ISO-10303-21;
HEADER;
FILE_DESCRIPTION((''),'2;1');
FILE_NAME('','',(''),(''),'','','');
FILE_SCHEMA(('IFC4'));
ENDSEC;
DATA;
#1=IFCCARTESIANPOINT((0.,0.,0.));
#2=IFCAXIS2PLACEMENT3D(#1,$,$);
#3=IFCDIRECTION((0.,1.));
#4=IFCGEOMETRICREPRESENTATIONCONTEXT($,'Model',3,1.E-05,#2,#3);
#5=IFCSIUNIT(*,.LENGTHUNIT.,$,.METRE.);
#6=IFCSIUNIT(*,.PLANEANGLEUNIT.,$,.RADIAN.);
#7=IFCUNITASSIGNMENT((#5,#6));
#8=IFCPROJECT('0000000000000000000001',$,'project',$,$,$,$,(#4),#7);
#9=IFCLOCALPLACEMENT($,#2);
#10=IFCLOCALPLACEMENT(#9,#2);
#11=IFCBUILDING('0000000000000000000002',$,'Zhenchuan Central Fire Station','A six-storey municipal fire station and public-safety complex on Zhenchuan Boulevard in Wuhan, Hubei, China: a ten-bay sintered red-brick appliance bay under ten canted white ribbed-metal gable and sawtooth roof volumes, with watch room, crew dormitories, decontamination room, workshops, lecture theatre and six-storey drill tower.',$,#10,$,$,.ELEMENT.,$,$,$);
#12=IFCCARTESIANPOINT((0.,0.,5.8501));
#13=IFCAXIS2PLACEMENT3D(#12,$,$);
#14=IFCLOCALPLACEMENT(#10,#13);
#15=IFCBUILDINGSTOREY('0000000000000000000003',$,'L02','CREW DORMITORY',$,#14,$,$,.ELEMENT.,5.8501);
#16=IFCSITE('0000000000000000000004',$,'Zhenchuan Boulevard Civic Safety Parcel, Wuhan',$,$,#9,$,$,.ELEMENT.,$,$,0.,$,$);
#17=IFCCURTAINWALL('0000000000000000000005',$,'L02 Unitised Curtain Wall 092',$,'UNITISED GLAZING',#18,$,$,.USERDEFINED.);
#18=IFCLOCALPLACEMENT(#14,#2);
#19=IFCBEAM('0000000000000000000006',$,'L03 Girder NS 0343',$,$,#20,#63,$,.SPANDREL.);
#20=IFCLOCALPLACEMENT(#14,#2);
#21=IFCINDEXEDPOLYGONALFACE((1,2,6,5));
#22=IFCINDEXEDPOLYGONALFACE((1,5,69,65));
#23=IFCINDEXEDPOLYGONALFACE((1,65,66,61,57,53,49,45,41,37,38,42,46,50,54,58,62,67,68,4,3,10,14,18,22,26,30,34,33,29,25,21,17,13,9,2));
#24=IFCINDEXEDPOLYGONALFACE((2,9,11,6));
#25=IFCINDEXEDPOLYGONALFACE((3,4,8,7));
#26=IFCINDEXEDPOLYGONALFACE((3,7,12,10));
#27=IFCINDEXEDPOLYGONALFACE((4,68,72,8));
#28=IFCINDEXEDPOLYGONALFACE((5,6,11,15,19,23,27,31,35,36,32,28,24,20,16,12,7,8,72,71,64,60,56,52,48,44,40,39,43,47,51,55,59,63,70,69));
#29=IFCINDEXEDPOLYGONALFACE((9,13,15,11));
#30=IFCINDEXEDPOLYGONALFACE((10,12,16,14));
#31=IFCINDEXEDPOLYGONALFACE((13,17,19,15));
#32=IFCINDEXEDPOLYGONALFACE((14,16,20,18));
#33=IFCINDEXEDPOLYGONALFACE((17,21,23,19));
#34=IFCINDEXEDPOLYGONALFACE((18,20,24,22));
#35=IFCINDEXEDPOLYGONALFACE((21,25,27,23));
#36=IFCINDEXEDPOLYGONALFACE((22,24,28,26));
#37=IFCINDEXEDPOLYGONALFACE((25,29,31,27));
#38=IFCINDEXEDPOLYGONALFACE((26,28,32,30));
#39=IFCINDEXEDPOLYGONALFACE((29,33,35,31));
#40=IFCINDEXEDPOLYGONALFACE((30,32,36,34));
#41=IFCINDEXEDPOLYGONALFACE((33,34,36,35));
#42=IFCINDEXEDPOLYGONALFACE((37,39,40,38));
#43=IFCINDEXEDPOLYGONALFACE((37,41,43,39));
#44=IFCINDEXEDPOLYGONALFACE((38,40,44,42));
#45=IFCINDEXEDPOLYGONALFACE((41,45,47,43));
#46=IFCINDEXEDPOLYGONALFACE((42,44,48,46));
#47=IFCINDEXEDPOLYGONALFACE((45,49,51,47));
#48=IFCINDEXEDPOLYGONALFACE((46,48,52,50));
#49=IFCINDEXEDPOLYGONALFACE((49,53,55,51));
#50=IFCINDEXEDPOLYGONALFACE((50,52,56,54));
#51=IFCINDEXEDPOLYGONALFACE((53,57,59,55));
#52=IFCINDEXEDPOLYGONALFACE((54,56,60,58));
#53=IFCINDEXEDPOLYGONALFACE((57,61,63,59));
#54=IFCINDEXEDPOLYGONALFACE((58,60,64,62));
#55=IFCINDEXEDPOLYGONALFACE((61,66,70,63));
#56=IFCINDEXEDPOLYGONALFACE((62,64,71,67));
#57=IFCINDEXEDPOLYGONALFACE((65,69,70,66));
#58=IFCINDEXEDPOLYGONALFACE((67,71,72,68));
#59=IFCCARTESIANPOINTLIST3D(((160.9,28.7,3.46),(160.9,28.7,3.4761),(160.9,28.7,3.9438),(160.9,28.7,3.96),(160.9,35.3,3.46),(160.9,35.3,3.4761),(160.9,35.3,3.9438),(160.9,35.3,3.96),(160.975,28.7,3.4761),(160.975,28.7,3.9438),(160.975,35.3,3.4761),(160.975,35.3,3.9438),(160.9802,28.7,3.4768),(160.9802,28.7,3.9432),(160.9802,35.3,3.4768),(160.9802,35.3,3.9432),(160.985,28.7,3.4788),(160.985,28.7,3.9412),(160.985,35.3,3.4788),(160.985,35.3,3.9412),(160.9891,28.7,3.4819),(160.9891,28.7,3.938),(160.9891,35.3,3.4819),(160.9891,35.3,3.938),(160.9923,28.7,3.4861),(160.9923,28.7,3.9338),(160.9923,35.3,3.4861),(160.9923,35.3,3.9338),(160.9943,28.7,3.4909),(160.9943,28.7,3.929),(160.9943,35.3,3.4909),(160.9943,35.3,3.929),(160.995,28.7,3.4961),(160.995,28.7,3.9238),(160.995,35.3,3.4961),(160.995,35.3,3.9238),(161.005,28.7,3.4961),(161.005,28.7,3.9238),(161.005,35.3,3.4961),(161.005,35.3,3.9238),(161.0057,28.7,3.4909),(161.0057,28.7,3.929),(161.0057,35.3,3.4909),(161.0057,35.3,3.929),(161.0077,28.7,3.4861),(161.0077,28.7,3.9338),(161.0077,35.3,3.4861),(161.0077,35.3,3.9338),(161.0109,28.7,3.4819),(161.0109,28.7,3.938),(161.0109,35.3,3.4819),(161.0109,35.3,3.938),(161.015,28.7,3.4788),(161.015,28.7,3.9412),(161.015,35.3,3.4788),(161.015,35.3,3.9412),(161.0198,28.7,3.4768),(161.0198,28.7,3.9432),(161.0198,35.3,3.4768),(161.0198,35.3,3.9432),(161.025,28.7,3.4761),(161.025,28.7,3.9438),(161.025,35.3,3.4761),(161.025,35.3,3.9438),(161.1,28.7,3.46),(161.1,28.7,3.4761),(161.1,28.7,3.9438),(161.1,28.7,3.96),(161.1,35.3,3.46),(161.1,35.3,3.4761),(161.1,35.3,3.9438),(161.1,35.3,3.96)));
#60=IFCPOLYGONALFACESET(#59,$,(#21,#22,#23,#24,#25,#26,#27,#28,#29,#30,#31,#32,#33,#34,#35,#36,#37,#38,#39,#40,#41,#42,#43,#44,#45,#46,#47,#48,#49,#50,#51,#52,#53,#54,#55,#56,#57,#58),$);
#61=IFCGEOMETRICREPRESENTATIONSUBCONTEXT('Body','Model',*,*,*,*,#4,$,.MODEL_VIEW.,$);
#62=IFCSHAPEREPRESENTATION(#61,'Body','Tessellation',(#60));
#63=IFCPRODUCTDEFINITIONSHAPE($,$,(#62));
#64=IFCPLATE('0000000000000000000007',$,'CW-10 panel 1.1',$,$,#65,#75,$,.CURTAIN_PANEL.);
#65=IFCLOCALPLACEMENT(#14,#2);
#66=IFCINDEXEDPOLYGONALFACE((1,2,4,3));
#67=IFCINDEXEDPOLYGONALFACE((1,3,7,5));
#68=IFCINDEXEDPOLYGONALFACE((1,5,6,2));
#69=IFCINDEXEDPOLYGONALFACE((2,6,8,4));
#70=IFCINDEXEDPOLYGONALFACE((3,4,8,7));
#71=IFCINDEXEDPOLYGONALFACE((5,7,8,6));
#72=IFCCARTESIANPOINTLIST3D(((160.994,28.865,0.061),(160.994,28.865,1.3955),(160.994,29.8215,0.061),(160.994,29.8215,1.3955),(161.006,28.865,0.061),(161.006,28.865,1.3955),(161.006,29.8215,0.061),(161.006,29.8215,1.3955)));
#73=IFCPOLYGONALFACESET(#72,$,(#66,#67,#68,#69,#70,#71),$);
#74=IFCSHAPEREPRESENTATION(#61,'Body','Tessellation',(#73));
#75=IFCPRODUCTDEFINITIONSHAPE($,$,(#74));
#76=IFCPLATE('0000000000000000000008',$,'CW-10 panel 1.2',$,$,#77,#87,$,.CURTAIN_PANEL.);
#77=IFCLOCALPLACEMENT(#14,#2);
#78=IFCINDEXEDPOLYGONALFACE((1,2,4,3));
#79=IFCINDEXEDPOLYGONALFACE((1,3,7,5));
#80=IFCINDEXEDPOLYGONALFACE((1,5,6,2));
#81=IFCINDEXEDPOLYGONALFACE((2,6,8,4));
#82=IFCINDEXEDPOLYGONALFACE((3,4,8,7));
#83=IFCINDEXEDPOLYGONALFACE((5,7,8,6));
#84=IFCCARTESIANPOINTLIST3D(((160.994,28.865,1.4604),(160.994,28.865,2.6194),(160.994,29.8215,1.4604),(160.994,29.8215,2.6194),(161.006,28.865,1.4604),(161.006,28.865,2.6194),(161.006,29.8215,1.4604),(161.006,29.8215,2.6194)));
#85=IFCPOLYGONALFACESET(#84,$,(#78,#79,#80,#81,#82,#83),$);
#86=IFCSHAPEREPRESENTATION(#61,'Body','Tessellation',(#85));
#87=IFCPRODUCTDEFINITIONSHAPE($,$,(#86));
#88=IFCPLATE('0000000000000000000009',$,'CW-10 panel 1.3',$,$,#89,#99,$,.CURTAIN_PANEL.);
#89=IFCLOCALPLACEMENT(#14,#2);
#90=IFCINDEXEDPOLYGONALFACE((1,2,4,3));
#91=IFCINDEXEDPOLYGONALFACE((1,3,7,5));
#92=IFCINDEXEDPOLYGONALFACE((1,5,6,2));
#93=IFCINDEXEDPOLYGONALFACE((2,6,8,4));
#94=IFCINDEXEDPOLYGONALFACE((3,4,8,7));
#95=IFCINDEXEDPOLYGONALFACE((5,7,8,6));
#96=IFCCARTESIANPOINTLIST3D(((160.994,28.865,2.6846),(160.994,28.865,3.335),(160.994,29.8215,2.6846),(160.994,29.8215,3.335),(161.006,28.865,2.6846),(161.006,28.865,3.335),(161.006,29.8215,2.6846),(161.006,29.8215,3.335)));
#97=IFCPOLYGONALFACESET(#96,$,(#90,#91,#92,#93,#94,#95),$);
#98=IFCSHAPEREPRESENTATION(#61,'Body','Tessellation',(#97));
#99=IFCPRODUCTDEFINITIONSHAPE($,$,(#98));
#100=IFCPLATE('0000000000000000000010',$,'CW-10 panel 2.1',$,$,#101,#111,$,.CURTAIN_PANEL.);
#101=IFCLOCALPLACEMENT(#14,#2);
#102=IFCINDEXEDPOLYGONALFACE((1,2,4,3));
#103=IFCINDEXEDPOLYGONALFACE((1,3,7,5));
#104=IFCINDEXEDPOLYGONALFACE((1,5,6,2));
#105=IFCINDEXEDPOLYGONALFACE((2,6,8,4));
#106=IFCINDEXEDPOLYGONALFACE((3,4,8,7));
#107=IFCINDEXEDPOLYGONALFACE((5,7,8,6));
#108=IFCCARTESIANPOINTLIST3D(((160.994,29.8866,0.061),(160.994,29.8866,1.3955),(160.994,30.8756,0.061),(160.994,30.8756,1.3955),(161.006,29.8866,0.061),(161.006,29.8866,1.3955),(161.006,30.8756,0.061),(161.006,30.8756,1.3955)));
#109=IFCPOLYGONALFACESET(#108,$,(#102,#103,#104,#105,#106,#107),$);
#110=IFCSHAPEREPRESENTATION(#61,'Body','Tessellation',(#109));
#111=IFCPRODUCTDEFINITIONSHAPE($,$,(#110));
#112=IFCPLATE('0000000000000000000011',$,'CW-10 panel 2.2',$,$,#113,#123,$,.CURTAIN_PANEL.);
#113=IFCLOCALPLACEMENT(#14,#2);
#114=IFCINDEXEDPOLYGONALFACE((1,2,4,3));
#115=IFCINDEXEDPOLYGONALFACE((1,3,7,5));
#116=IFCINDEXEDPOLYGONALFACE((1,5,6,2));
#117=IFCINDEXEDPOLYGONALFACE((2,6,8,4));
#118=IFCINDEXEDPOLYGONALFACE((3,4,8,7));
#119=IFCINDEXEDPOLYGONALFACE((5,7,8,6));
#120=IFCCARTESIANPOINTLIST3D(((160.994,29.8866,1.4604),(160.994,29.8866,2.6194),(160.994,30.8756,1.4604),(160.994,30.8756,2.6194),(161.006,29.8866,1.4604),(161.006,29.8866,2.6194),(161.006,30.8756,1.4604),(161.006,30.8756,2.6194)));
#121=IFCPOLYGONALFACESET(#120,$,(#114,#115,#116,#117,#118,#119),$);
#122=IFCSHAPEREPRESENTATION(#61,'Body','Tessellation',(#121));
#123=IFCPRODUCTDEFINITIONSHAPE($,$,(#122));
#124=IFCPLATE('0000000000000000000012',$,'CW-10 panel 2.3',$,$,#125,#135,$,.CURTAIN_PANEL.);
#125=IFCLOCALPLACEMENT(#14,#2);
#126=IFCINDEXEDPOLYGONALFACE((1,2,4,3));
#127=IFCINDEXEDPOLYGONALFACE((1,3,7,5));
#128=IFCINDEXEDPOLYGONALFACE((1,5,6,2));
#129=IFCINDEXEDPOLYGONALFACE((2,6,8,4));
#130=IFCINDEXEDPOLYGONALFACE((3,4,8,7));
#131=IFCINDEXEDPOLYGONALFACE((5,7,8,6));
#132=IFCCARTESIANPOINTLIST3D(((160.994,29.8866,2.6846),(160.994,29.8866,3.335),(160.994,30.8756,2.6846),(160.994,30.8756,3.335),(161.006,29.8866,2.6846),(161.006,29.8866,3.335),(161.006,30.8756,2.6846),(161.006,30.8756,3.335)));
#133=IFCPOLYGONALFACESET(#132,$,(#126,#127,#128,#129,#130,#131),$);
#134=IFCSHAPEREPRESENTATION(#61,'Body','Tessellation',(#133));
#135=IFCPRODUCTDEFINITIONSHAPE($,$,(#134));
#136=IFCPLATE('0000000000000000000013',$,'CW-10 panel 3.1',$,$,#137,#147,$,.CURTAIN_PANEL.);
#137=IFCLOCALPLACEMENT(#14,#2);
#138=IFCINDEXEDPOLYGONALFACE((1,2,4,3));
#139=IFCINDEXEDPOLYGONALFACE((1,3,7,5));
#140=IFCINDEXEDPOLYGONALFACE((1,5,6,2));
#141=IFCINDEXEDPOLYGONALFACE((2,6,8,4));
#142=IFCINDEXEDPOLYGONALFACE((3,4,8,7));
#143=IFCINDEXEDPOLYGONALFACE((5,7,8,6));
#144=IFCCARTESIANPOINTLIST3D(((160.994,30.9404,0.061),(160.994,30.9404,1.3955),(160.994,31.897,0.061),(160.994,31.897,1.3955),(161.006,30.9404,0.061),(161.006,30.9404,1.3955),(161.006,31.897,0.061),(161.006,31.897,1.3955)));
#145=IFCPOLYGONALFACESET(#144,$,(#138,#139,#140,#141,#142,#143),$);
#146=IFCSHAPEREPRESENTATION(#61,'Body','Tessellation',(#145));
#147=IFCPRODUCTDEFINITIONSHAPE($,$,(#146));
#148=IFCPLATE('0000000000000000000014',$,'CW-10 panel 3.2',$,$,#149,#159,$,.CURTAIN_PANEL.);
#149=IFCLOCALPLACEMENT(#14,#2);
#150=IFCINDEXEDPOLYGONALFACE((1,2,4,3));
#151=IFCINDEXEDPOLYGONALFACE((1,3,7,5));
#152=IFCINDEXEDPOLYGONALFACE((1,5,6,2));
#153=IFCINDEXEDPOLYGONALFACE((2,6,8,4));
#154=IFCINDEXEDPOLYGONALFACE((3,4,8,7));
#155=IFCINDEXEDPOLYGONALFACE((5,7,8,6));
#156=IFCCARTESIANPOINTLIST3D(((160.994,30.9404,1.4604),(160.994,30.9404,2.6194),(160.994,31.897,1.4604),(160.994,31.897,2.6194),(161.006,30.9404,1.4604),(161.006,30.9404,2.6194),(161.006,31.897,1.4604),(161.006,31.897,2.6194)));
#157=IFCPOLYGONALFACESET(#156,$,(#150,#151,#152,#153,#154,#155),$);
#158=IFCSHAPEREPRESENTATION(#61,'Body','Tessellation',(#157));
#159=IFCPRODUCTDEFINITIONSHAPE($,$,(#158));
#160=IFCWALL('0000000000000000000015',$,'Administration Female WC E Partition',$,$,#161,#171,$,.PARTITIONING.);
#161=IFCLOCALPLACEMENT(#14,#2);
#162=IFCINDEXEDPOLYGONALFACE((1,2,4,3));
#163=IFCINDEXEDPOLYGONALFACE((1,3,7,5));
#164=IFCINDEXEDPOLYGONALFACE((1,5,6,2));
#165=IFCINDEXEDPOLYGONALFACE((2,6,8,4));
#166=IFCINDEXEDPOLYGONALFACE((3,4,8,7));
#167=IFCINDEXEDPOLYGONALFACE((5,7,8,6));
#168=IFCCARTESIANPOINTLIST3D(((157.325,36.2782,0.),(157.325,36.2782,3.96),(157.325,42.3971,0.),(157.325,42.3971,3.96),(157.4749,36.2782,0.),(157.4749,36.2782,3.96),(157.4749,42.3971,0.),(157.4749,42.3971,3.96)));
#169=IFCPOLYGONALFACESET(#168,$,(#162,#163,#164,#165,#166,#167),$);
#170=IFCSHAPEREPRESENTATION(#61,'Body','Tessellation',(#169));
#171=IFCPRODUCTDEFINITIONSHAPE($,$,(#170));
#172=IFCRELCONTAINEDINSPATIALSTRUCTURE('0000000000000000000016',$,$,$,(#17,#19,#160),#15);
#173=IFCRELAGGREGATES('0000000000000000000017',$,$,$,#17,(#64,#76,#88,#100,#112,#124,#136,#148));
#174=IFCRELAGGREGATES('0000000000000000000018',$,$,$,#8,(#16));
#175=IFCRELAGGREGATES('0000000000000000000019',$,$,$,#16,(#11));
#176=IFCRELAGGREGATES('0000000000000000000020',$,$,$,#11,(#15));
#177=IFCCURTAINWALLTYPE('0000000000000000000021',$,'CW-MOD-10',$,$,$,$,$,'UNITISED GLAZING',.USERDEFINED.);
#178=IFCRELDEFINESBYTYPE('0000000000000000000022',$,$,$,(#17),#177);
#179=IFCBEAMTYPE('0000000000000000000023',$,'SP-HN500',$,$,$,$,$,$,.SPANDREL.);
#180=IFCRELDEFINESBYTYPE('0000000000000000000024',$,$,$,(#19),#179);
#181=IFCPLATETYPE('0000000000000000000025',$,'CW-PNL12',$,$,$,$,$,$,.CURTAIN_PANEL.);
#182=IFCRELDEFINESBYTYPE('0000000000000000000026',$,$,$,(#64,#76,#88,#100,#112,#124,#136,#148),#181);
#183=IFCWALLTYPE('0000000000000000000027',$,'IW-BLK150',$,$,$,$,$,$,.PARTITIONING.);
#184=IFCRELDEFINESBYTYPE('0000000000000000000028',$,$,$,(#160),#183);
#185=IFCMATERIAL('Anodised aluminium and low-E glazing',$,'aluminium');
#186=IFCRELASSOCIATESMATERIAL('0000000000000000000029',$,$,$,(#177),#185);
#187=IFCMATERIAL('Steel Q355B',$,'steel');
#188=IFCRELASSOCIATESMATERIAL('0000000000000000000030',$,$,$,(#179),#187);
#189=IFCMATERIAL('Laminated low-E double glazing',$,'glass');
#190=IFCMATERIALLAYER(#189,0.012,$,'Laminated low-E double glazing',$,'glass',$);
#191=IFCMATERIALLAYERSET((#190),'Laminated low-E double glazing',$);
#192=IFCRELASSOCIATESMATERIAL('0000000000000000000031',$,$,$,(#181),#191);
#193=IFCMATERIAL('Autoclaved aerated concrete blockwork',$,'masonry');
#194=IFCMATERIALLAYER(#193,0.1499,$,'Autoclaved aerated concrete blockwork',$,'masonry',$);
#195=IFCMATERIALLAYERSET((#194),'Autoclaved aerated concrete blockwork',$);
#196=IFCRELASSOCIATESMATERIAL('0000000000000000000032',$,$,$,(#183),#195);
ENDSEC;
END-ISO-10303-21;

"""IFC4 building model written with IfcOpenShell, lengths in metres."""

from ifc_helpers import new_model, si_unit, direction, frame, frame_2d, origin, origin_2d, place, context, subcontext, project, spatial, rectangle, i_section, extrude, material, layer, layer_set, material_profile, profile_set, type_object, element, aggregate, save


model = new_model("IFC4")

# Units and contexts
model_context = context("Model", 3, precision=1e-05, world=origin(), true_north=direction((0.0, 1.0)))
body_context = subcontext(model_context, "Body", "Model", "MODEL_VIEW")
ifc_project = project(units=[si_unit("LENGTHUNIT", "METRE"), si_unit("PLANEANGLEUNIT", "RADIAN")], contexts=[model_context])

# Site, building, storey
site_placement = place(None, origin())
site = spatial("IfcSite", under=ifc_project, at=site_placement, Name="Zhenchuan Boulevard Civic Safety Parcel, Wuhan", CompositionType="ELEMENT", RefElevation=0.0)
building_placement = place(site_placement, origin())
building = spatial("IfcBuilding", under=site, at=building_placement, Name="Zhenchuan Central Fire Station", Description="A six-storey municipal fire station and public-safety complex on Zhenchuan Boulevard in Wuhan, Hubei, China: a ten-bay sintered red-brick appliance bay under ten canted white ribbed-metal gable and sawtooth roof volumes, with watch room, crew dormitories, decontamination room, workshops, lecture theatre and six-storey drill tower.", CompositionType="ELEMENT")
storey_placement = place(building_placement, frame((0.0, 0.0, 5.8501)))
storey = spatial("IfcBuildingStorey", under=building, at=storey_placement, Name="L02", Description="CREW DORMITORY", CompositionType="ELEMENT", Elevation=5.8501)

# Curtain wall
ifc_material_1 = material(Name="Anodised aluminium and low-E glazing", Category="aluminium")
curtain_wall_type = type_object("IfcCurtainWallType", Name="CW-MOD-10", ElementType="UNITISED GLAZING", PredefinedType="USERDEFINED", material=ifc_material_1)
curtain_wall_placement = place(storey_placement, origin())
curtain_wall = element("IfcCurtainWall", 1, at=curtain_wall_placement, inside=storey, type_object=curtain_wall_type, Name="L02 Unitised Curtain Wall 092", ObjectType="UNITISED GLAZING", PredefinedType="USERDEFINED")

# Beam
ifc_material_2 = material(Name="Steel Q355B", Category="steel")
ifc_material_profile_1 = material_profile(ifc_material_2, i_section(OverallWidth=0.2, OverallDepth=0.5, WebThickness=0.01, FlangeThickness=0.0161, FilletRadius=0.02, at=origin_2d()), Name="HN 500x200")
ifc_profile_set_1 = profile_set([ifc_material_profile_1], Name="Steel Q355B")
beam_type_1 = type_object("IfcBeamType", Name="SP-HN500", PredefinedType="SPANDREL", material=ifc_profile_set_1)
beam_1_placement = place(storey_placement, frame((161.0, 28.7, 3.71), z_axis=(0.0, 1.0, 0.0), x_axis=(-1.0, 0.0, 0.0)))
element("IfcBeam", 2, at=beam_1_placement, inside=storey, type_object=beam_type_1, Name="L03 Girder NS 0343", PredefinedType="SPANDREL", context=body_context, shape_type="SweptSolid", body=[
    extrude(i_section(OverallWidth=0.2, OverallDepth=0.5, WebThickness=0.01, FlangeThickness=0.0161, FilletRadius=0.02, at=origin_2d()), origin(), (0.0, 0.0, 1.0), 6.6001),
])

# Plates
ifc_material_3 = material(Name="Laminated low-E double glazing", Category="glass")
ifc_layer_1 = layer(ifc_material_3, 0.012, Name="Laminated low-E double glazing", Category="glass")
ifc_layer_set_1 = layer_set([ifc_layer_1], Name="Laminated low-E double glazing")
plate_type = type_object("IfcPlateType", Name="CW-PNL12", PredefinedType="CURTAIN_PANEL", material=ifc_layer_set_1)
plate_1_placement = place(storey_placement, frame((161.0, 29.3433, 0.061), z_axis=(0.0, 0.0, 1.0), x_axis=(0.0, 1.0, 0.0)))
plate_1 = element("IfcPlate", 3, at=plate_1_placement, type_object=plate_type, Name="CW-10 panel 1.1", PredefinedType="CURTAIN_PANEL", context=body_context, shape_type="SweptSolid", body=[
    extrude(rectangle(XDim=0.9565, YDim=0.012, at=origin_2d()), origin(), (0.0, 0.0, 1.0), 1.3345),
])
plate_2_placement = place(storey_placement, frame((161.0, 29.3433, 1.4604), z_axis=(0.0, 0.0, 1.0), x_axis=(0.0, 1.0, 0.0)))
plate_2 = element("IfcPlate", 4, at=plate_2_placement, type_object=plate_type, Name="CW-10 panel 1.2", PredefinedType="CURTAIN_PANEL", context=body_context, shape_type="SweptSolid", body=[
    extrude(rectangle(XDim=0.9565, YDim=0.012, at=origin_2d()), origin(), (0.0, 0.0, 1.0), 1.1589),
])
plate_3_placement = place(storey_placement, frame((161.0, 29.3433, 2.6846), z_axis=(0.0, 0.0, 1.0), x_axis=(0.0, 1.0, 0.0)))
plate_3 = element("IfcPlate", 5, at=plate_3_placement, type_object=plate_type, Name="CW-10 panel 1.3", PredefinedType="CURTAIN_PANEL", context=body_context, shape_type="SweptSolid", body=[
    extrude(rectangle(XDim=0.9565, YDim=0.012, at=origin_2d()), origin(), (0.0, 0.0, 1.0), 0.6504),
])
plate_4_placement = place(storey_placement, frame((161.0, 30.3811, 0.061), z_axis=(0.0, 0.0, 1.0), x_axis=(0.0, 1.0, 0.0)))
plate_4 = element("IfcPlate", 6, at=plate_4_placement, type_object=plate_type, Name="CW-10 panel 2.1", PredefinedType="CURTAIN_PANEL", context=body_context, shape_type="SweptSolid", body=[
    extrude(rectangle(XDim=0.989, YDim=0.012, at=origin_2d()), origin(), (0.0, 0.0, 1.0), 1.3345),
])
plate_5_placement = place(storey_placement, frame((161.0, 30.3811, 1.4604), z_axis=(0.0, 0.0, 1.0), x_axis=(0.0, 1.0, 0.0)))
plate_5 = element("IfcPlate", 7, at=plate_5_placement, type_object=plate_type, Name="CW-10 panel 2.2", PredefinedType="CURTAIN_PANEL", context=body_context, shape_type="SweptSolid", body=[
    extrude(rectangle(XDim=0.989, YDim=0.012, at=origin_2d()), origin(), (0.0, 0.0, 1.0), 1.1589),
])
plate_6_placement = place(storey_placement, frame((161.0, 30.3811, 2.6846), z_axis=(0.0, 0.0, 1.0), x_axis=(0.0, 1.0, 0.0)))
plate_6 = element("IfcPlate", 8, at=plate_6_placement, type_object=plate_type, Name="CW-10 panel 2.3", PredefinedType="CURTAIN_PANEL", context=body_context, shape_type="SweptSolid", body=[
    extrude(rectangle(XDim=0.989, YDim=0.012, at=origin_2d()), origin(), (0.0, 0.0, 1.0), 0.6504),
])
plate_7_placement = place(storey_placement, frame((161.0, 31.4187, 0.061), z_axis=(0.0, 0.0, 1.0), x_axis=(0.0, 1.0, 0.0)))
plate_7 = element("IfcPlate", 9, at=plate_7_placement, type_object=plate_type, Name="CW-10 panel 3.1", PredefinedType="CURTAIN_PANEL", context=body_context, shape_type="SweptSolid", body=[
    extrude(rectangle(XDim=0.9565, YDim=0.012, at=origin_2d()), origin(), (0.0, 0.0, 1.0), 1.3345),
])
plate_8_placement = place(storey_placement, frame((161.0, 31.4187, 1.4604), z_axis=(0.0, 0.0, 1.0), x_axis=(0.0, 1.0, 0.0)))
plate_8 = element("IfcPlate", 10, at=plate_8_placement, type_object=plate_type, Name="CW-10 panel 3.2", PredefinedType="CURTAIN_PANEL", context=body_context, shape_type="SweptSolid", body=[
    extrude(rectangle(XDim=0.9565, YDim=0.012, at=origin_2d()), origin(), (0.0, 0.0, 1.0), 1.1589),
])
aggregate(curtain_wall, [plate_1, plate_2, plate_3, plate_4, plate_5, plate_6, plate_7, plate_8])

# Wall
ifc_material_4 = material(Name="Autoclaved aerated concrete blockwork", Category="masonry")
ifc_layer_2 = layer(ifc_material_4, 0.1499, Name="Autoclaved aerated concrete blockwork", Category="masonry")
ifc_layer_set_2 = layer_set([ifc_layer_2], Name="Autoclaved aerated concrete blockwork")
wall_type = type_object("IfcWallType", Name="IW-BLK150", PredefinedType="PARTITIONING", material=ifc_layer_set_2)
wall_1_placement = place(storey_placement, frame((157.3999, 36.2781, 0.0), z_axis=(0.0, 0.0, 1.0), x_axis=(0.0, 1.0, 0.0)))
element("IfcWall", 11, at=wall_1_placement, inside=storey, type_object=wall_type, Name="Administration Female WC E Partition", PredefinedType="PARTITIONING", context=body_context, shape_type="SweptSolid", body=[
    extrude(rectangle(XDim=6.1189, YDim=0.1499, at=frame_2d((3.0596, 0.0))), origin(), (0.0, 0.0, 1.0), 3.96),
])

save(model, "model.ifc")
